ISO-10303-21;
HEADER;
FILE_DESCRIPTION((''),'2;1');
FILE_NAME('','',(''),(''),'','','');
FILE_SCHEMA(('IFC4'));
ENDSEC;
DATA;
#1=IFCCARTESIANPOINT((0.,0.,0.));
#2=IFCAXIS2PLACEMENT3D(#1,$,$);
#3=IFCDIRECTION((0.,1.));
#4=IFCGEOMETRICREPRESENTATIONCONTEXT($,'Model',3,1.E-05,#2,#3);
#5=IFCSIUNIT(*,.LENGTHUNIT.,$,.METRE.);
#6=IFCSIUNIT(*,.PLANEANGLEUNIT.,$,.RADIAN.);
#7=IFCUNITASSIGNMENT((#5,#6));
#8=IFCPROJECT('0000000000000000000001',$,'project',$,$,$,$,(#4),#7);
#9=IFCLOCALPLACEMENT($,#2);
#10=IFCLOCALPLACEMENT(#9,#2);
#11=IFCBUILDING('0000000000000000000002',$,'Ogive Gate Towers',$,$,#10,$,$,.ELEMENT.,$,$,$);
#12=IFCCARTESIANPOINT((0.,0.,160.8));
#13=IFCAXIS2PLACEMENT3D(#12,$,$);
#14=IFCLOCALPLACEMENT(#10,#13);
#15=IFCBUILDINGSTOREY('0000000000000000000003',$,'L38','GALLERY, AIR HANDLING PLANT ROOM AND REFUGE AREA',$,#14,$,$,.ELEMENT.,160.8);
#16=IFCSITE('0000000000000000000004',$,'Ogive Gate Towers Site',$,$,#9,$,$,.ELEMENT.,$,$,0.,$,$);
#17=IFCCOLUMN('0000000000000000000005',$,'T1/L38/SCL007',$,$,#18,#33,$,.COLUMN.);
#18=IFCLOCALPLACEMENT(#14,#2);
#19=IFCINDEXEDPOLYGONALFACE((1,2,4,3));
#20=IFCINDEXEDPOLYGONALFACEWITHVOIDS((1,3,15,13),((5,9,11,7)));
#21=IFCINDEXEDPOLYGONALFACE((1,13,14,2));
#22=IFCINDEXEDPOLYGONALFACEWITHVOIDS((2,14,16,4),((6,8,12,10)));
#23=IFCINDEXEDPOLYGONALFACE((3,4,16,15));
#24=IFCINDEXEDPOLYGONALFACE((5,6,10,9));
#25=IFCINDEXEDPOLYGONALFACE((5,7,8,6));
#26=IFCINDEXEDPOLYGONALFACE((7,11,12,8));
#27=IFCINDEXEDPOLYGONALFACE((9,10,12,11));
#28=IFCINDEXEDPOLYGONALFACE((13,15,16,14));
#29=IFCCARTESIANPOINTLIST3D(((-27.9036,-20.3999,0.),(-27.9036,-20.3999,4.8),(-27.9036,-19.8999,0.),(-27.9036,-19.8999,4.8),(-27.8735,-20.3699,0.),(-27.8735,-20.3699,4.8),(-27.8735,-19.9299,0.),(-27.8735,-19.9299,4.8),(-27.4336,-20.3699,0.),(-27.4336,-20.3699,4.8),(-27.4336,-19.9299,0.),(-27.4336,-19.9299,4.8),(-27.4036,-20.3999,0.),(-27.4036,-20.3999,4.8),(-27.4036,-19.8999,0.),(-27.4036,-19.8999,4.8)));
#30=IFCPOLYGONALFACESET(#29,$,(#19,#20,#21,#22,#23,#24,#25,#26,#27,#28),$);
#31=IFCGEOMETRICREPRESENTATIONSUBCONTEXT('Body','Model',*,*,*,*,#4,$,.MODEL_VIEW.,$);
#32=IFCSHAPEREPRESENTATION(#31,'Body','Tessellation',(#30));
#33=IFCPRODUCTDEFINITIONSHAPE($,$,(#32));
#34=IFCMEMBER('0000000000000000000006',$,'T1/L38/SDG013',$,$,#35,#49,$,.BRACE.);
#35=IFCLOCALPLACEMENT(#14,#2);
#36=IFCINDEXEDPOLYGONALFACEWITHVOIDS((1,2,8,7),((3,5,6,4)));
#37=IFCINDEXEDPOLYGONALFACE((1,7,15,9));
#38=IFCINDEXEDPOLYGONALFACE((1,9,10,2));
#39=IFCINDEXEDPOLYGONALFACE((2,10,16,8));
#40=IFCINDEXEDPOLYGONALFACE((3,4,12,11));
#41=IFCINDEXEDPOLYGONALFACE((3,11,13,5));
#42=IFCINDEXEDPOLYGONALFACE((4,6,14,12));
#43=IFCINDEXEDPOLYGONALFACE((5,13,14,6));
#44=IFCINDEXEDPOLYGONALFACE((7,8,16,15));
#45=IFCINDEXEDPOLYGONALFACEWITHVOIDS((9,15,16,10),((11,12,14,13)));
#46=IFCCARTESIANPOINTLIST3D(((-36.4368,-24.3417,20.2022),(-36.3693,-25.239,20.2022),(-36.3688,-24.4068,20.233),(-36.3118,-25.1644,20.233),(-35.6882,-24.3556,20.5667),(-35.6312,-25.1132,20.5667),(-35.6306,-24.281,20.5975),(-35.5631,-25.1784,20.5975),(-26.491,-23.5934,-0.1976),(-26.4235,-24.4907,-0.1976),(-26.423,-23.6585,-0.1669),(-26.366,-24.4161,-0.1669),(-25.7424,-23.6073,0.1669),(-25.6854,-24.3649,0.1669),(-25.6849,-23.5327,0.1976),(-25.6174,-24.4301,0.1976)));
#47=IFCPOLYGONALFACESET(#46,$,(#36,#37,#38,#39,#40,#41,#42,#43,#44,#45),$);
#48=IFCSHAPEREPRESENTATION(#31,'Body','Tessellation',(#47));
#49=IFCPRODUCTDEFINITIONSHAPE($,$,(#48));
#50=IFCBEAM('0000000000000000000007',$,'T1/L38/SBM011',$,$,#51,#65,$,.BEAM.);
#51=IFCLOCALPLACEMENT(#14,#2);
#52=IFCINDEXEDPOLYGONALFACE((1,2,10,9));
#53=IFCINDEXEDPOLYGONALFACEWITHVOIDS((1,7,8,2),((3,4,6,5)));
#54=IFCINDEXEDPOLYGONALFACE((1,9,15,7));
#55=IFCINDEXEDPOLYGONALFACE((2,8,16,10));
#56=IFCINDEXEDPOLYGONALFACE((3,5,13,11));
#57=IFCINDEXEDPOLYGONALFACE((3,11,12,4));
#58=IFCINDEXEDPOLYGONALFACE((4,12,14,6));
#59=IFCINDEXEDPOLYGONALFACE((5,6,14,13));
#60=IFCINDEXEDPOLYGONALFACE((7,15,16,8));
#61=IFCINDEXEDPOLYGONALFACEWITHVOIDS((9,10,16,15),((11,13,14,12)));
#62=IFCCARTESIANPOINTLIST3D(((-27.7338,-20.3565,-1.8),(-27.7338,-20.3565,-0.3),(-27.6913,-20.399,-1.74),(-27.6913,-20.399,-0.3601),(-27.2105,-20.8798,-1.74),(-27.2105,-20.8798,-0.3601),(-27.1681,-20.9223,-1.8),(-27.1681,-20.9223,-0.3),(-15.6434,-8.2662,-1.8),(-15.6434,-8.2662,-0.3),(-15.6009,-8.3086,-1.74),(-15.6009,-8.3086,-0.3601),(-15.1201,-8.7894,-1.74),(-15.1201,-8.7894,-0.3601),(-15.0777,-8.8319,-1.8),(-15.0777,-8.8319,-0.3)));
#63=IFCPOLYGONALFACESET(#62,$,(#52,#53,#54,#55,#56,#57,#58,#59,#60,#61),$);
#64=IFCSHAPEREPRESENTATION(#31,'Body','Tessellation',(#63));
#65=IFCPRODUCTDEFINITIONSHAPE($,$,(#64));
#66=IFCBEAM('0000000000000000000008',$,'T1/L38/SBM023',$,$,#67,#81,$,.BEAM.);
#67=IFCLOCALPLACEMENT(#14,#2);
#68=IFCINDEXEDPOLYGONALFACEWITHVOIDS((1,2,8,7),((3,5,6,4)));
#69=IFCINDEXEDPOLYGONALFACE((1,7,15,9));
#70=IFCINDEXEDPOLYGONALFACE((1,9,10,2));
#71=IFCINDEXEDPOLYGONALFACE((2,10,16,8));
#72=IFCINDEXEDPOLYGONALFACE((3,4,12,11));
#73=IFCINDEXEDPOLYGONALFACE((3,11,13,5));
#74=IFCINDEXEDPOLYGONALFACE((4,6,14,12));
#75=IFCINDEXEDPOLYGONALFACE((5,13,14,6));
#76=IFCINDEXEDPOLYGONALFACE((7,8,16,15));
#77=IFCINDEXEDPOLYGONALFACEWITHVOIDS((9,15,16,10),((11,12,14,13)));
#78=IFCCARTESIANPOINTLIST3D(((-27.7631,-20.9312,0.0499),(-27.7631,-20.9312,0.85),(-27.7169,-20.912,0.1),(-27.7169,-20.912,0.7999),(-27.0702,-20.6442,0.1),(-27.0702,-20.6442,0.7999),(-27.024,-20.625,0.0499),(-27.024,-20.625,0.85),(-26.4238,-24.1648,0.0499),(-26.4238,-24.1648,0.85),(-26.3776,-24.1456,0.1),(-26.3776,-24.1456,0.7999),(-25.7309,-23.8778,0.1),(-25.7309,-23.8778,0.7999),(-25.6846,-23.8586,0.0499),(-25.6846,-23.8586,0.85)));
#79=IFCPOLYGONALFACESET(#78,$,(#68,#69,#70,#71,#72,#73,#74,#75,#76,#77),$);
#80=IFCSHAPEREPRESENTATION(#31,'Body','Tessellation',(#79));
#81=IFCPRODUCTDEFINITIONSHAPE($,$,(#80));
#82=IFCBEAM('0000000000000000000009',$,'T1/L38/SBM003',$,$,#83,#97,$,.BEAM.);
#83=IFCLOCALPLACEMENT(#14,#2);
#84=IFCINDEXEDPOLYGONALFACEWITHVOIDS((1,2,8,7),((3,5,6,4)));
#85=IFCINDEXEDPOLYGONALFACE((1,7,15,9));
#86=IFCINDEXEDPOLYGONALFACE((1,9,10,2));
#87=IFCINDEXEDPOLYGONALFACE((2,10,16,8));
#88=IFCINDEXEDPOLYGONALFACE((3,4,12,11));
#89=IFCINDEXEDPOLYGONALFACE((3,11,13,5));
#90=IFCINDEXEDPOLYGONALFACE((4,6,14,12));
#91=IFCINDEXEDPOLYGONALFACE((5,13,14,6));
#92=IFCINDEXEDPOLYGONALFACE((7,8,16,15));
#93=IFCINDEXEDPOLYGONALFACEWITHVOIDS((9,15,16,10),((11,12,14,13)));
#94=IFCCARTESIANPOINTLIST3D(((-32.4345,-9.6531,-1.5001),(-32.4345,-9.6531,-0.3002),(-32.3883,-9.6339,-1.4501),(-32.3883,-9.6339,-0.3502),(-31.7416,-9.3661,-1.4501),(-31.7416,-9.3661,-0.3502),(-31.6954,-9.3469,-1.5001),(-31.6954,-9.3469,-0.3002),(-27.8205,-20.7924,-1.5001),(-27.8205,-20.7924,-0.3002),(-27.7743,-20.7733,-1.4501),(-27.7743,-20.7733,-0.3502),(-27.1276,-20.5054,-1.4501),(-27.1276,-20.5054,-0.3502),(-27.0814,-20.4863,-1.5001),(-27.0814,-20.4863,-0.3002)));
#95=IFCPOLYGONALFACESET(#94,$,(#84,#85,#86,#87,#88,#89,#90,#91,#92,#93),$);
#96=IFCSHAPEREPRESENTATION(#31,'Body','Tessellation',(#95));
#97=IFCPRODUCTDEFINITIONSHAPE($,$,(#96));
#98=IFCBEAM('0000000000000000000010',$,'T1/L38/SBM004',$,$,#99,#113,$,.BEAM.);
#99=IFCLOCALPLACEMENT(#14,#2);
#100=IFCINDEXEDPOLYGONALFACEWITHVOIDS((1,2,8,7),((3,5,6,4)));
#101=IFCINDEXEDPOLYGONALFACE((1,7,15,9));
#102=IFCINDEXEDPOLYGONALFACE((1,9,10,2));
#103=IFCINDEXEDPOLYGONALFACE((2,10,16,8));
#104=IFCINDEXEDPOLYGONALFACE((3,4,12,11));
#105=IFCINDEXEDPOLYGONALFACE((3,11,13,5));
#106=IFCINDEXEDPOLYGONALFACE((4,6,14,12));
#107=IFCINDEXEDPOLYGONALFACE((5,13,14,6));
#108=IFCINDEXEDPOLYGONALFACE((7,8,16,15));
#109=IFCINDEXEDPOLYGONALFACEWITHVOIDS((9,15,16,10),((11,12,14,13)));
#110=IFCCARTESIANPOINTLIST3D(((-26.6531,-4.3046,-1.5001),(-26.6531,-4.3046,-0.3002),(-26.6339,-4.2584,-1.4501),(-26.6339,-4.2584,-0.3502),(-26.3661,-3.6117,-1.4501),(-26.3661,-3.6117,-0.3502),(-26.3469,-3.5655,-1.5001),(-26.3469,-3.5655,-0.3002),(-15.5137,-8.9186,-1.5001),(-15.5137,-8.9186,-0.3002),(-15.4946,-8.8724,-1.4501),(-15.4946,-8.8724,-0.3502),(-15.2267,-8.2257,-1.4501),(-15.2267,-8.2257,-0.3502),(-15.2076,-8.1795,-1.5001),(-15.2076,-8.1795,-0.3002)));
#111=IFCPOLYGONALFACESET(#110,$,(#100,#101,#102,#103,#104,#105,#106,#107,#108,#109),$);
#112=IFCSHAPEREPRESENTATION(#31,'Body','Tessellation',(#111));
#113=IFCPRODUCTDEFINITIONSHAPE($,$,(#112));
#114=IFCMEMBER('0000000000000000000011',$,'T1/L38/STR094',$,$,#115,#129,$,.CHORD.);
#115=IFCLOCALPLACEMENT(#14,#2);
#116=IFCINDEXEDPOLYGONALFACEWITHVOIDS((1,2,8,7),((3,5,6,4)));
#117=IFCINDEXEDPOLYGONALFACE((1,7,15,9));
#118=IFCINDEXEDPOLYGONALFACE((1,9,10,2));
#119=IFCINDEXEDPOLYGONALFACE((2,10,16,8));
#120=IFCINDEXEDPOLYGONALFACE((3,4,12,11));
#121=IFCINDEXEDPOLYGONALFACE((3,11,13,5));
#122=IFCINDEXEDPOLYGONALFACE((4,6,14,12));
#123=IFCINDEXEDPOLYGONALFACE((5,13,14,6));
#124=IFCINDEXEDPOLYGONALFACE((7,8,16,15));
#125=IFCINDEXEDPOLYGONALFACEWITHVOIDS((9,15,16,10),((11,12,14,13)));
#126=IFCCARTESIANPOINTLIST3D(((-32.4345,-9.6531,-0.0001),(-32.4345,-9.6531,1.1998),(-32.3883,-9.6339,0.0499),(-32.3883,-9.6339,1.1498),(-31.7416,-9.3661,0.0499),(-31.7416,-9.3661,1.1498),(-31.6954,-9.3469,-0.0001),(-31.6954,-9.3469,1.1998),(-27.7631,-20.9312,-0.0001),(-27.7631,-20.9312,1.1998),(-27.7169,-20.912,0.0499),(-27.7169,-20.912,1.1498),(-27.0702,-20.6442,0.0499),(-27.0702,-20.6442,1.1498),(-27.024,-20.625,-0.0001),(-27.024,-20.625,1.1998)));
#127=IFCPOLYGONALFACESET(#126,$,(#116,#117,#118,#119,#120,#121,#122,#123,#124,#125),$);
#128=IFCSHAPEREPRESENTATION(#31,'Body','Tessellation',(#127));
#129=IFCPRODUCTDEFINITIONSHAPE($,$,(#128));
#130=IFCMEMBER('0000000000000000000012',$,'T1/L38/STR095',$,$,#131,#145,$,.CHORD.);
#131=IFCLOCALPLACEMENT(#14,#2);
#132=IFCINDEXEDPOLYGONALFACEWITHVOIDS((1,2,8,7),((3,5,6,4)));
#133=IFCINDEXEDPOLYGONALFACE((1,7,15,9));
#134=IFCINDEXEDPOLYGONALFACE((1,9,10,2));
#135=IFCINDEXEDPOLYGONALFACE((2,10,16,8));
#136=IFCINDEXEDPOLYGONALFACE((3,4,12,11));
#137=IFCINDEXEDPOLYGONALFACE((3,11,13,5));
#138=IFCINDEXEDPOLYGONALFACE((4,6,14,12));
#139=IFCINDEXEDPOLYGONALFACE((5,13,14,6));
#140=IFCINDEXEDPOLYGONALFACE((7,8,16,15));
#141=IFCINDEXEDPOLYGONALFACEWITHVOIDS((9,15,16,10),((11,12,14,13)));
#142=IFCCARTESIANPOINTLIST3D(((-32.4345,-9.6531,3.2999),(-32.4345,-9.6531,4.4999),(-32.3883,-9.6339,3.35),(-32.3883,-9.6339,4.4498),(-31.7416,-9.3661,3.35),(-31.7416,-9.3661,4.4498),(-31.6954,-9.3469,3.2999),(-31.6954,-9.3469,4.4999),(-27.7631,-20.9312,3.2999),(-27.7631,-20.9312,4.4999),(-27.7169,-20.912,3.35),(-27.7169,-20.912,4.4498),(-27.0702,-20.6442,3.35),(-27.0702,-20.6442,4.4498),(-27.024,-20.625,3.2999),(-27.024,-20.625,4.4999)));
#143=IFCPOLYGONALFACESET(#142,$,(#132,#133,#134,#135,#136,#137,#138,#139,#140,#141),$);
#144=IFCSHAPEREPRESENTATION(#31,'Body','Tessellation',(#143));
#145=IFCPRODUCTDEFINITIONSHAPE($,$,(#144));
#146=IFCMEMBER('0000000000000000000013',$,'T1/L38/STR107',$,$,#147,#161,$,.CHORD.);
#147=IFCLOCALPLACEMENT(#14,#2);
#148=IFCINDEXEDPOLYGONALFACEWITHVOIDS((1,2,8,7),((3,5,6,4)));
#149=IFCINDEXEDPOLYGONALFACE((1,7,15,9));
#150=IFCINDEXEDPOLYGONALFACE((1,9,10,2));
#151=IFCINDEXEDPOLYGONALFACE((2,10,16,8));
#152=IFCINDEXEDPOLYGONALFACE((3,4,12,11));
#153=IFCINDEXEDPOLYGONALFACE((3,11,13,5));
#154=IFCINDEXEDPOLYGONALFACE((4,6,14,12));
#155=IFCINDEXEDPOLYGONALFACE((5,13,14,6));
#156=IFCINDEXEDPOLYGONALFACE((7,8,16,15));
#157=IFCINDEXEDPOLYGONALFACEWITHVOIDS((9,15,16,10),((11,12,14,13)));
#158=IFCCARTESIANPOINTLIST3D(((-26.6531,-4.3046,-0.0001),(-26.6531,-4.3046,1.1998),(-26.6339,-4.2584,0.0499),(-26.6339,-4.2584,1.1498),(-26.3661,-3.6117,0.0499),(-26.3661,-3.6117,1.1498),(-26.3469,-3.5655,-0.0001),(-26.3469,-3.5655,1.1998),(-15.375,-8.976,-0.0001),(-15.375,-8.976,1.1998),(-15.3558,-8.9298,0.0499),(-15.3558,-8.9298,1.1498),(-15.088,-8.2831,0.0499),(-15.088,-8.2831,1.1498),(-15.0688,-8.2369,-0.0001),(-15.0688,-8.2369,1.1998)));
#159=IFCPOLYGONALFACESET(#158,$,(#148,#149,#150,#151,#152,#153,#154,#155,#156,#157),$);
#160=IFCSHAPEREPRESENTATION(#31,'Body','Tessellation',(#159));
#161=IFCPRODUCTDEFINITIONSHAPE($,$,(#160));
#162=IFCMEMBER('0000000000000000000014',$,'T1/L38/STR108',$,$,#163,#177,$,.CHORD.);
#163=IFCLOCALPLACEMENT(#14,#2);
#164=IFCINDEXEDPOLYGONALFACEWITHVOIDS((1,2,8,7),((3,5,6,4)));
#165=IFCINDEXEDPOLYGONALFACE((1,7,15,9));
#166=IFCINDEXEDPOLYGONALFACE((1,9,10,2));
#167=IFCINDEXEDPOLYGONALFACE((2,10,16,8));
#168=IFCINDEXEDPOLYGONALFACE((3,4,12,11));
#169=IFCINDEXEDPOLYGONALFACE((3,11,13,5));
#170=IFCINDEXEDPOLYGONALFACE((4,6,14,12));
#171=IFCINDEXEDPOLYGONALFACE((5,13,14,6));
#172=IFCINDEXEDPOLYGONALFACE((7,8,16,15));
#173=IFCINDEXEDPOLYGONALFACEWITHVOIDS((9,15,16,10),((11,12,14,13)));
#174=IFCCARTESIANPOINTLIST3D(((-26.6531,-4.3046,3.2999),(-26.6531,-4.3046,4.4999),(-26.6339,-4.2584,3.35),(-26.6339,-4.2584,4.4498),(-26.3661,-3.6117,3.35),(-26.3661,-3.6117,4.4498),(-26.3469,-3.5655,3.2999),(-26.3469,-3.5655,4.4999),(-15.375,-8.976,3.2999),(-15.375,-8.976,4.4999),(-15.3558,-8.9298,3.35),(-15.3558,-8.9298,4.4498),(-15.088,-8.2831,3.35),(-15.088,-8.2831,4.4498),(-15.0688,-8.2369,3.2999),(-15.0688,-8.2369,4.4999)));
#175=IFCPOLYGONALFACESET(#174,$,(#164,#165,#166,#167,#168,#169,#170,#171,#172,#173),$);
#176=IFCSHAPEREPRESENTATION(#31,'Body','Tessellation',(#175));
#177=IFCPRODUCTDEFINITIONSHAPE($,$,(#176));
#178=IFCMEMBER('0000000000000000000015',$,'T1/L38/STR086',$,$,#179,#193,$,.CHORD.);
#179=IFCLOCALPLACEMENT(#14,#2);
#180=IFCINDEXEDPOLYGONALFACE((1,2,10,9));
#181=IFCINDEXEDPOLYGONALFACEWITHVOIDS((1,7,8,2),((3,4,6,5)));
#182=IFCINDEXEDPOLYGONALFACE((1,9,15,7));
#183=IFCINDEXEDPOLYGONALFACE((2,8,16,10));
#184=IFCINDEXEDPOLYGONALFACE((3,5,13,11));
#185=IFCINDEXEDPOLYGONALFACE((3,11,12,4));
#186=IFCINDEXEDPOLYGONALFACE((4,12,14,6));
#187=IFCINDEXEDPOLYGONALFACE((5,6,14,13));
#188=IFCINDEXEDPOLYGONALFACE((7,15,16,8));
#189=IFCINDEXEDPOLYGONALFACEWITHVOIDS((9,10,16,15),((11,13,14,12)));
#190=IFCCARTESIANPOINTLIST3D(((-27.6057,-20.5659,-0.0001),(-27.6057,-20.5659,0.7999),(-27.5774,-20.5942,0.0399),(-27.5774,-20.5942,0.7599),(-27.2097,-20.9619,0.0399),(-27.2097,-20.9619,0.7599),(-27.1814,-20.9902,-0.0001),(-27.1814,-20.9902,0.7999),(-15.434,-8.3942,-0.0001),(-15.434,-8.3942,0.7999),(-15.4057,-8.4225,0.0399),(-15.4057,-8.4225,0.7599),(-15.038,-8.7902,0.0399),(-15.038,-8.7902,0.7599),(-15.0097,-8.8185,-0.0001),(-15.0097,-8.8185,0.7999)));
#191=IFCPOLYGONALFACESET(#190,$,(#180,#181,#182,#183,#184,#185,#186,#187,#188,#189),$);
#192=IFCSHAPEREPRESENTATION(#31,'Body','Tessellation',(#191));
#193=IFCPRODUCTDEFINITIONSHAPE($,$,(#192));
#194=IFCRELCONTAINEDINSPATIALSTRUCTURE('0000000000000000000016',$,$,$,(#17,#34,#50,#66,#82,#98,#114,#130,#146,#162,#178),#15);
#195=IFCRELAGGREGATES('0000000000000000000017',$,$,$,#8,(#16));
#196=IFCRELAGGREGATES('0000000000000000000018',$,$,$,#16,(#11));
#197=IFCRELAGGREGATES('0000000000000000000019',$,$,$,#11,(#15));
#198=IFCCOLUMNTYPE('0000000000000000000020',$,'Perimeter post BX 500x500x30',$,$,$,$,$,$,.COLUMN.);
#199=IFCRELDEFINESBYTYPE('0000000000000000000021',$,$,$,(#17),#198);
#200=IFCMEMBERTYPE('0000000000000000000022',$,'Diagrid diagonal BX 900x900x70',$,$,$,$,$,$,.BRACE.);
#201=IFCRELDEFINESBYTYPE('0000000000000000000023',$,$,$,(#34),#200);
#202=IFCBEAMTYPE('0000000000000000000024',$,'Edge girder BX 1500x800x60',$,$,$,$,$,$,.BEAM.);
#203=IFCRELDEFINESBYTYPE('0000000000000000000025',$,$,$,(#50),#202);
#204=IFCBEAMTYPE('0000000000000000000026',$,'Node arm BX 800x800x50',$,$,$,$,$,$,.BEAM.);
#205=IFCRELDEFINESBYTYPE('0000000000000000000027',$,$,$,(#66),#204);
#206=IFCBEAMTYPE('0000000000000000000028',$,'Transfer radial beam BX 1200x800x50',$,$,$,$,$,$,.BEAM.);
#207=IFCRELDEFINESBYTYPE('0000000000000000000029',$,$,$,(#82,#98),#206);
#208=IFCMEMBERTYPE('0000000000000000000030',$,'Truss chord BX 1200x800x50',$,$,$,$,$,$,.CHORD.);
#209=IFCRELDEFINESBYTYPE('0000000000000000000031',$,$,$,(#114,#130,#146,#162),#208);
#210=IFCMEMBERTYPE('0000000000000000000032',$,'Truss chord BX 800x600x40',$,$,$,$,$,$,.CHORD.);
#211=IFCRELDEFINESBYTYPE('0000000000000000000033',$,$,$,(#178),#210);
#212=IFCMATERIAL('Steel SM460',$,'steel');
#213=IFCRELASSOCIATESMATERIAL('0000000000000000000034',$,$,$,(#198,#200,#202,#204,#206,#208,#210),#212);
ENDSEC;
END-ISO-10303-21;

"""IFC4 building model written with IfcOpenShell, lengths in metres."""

from ifc_helpers import new_model, si_unit, direction, frame, origin, origin_2d, place, context, subcontext, project, spatial, hollow_rectangle, extrude, material, material_profile, profile_set, type_object, element, save


model = new_model("IFC4")

# Units and contexts
model_context = context("Model", 3, precision=1e-05, world=origin(), true_north=direction((0.0, 1.0)))
body_context = subcontext(model_context, "Body", "Model", "MODEL_VIEW")
ifc_project = project(units=[si_unit("LENGTHUNIT", "METRE"), si_unit("PLANEANGLEUNIT", "RADIAN")], contexts=[model_context])

# Site, building, storey
site_placement = place(None, origin())
site = spatial("IfcSite", under=ifc_project, at=site_placement, Name="Ogive Gate Towers Site", CompositionType="ELEMENT", RefElevation=0.0)
building_placement = place(site_placement, origin())
building = spatial("IfcBuilding", under=site, at=building_placement, Name="Ogive Gate Towers", CompositionType="ELEMENT")
storey_placement = place(building_placement, frame((0.0, 0.0, 160.8)))
storey = spatial("IfcBuildingStorey", under=building, at=storey_placement, Name="L38", Description="GALLERY, AIR HANDLING PLANT ROOM AND REFUGE AREA", CompositionType="ELEMENT", Elevation=160.8)

# Column
ifc_material_1 = material(Name="Steel SM460", Category="steel")
ifc_material_profile_1 = material_profile(ifc_material_1, hollow_rectangle(XDim=0.5, YDim=0.5, WallThickness=0.03, at=origin_2d()), Name="BX 500x500x30")
ifc_profile_set_1 = profile_set([ifc_material_profile_1], Name="Steel SM460")
column_type = type_object("IfcColumnType", Name="Perimeter post BX 500x500x30", PredefinedType="COLUMN", material=ifc_profile_set_1)
column_placement = place(storey_placement, frame((-27.6536, -20.1499, 0.0), z_axis=(0.0, 0.0, 1.0), x_axis=(1.0, 0.0, 0.0)))
element("IfcColumn", 1, at=column_placement, inside=storey, type_object=column_type, Name="T1/L38/SCL007", PredefinedType="COLUMN", context=body_context, shape_type="SweptSolid", body=[
    extrude(hollow_rectangle(XDim=0.5, YDim=0.5, WallThickness=0.03, at=origin_2d()), origin(), (0.0, 0.0, 1.0), 4.8),
])

# Member
ifc_material_profile_2 = material_profile(ifc_material_1, hollow_rectangle(XDim=0.8999, YDim=0.8999, WallThickness=0.0701, at=origin_2d()), Name="BX 900x900x70")
ifc_profile_set_2 = profile_set([ifc_material_profile_2], Name="Steel SM460")
member_type_1 = type_object("IfcMemberType", Name="Diagrid diagonal BX 900x900x70", PredefinedType="BRACE", material=ifc_profile_set_2)
member_1_placement = place(storey_placement, frame((-26.0542, -24.0117, 0.0), z_axis=(-0.437994, -0.032953, 0.898374), x_axis=(0.075025, -0.997182, 0.0)))
element("IfcMember", 2, at=member_1_placement, inside=storey, type_object=member_type_1, Name="T1/L38/SDG013", PredefinedType="BRACE", context=body_context, shape_type="SweptSolid", body=[
    extrude(hollow_rectangle(XDim=0.8999, YDim=0.8999, WallThickness=0.0701, at=origin_2d()), origin(), (0.0, 0.0, 1.0), 22.7075),
])

# Beams
ifc_material_profile_3 = material_profile(ifc_material_1, hollow_rectangle(XDim=0.8, YDim=1.5, WallThickness=0.0601, at=origin_2d()), Name="BX 1500x800x60")
ifc_profile_set_3 = profile_set([ifc_material_profile_3], Name="Steel SM460")
beam_type_1 = type_object("IfcBeamType", Name="Edge girder BX 1500x800x60", PredefinedType="BEAM", material=ifc_profile_set_3)
beam_1_placement = place(storey_placement, frame((-27.4509, -20.6394, -1.05), z_axis=(0.707107, 0.707107, 0.0), x_axis=(-0.707107, 0.707107, 0.0)))
element("IfcBeam", 3, at=beam_1_placement, inside=storey, type_object=beam_type_1, Name="T1/L38/SBM011", PredefinedType="BEAM", context=body_context, shape_type="SweptSolid", body=[
    extrude(hollow_rectangle(XDim=0.8, YDim=1.5, WallThickness=0.0601, at=origin_2d()), origin(), (0.0, 0.0, 1.0), 17.0984),
])
ifc_material_profile_4 = material_profile(ifc_material_1, hollow_rectangle(XDim=0.8, YDim=0.8, WallThickness=0.05, at=origin_2d()), Name="BX 800x800x50")
ifc_profile_set_4 = profile_set([ifc_material_profile_4], Name="Steel SM460")
beam_type_2 = type_object("IfcBeamType", Name="Node arm BX 800x800x50", PredefinedType="BEAM", material=ifc_profile_set_4)
beam_2_placement = place(storey_placement, frame((-27.3936, -20.7781, 0.45), z_axis=(0.382668, -0.923886, 0.0), x_axis=(0.923886, 0.382668, 0.0)))
element("IfcBeam", 4, at=beam_2_placement, inside=storey, type_object=beam_type_2, Name="T1/L38/SBM023", PredefinedType="BEAM", context=body_context, shape_type="SweptSolid", body=[
    extrude(hollow_rectangle(XDim=0.8, YDim=0.8, WallThickness=0.05, at=origin_2d()), origin(), (0.0, 0.0, 1.0), 3.5),
])
ifc_material_profile_5 = material_profile(ifc_material_1, hollow_rectangle(XDim=0.8, YDim=1.2, WallThickness=0.05, at=origin_2d()), Name="BX 1200x800x50")
ifc_profile_set_5 = profile_set([ifc_material_profile_5], Name="Steel SM460")
beam_type_3 = type_object("IfcBeamType", Name="Transfer radial beam BX 1200x800x50", PredefinedType="BEAM", material=ifc_profile_set_5)
for number, where, z_axis, x_axis, name in (
    (5, (-32.0649, -9.5, -0.9001), (0.382678, -0.923882, 0.0), (0.923882, 0.382678, 0.0), "T1/L38/SBM003"),
    (6, (-26.5, -3.9351, -0.9001), (0.923882, -0.382678, 0.0), (0.382678, 0.923882, 0.0), "T1/L38/SBM004"),
):
    element("IfcBeam", number, at=place(storey_placement, frame(where, z_axis=z_axis, x_axis=x_axis)), inside=storey, type_object=beam_type_3, Name=name, PredefinedType="BEAM", context=body_context, shape_type="SweptSolid", body=[
        extrude(hollow_rectangle(XDim=0.8, YDim=1.2, WallThickness=0.05, at=origin_2d()), origin(), (0.0, 0.0, 1.0), 12.0571),
    ])

# Members
ifc_material_profile_6 = material_profile(ifc_material_1, hollow_rectangle(XDim=0.8, YDim=1.2, WallThickness=0.05, at=origin_2d()), Name="BX 1200x800x50")
ifc_profile_set_6 = profile_set([ifc_material_profile_6], Name="Steel SM460")
member_type_2 = type_object("IfcMemberType", Name="Truss chord BX 1200x800x50", PredefinedType="CHORD", material=ifc_profile_set_6)
for number, where, z_axis, x_axis, name in (
    (7, (-32.0649, -9.5, 0.5999), (0.382673, -0.923884, 0.0), (0.923884, 0.382673, 0.0), "T1/L38/STR094"),
    (8, (-32.0649, -9.5, 3.8999), (0.382673, -0.923884, 0.0), (0.923884, 0.382673, 0.0), "T1/L38/STR095"),
    (9, (-26.5, -3.9351, 0.5999), (0.923884, -0.382673, 0.0), (0.382673, 0.923884, 0.0), "T1/L38/STR107"),
    (10, (-26.5, -3.9351, 3.8999), (0.923884, -0.382673, 0.0), (0.382673, 0.923884, 0.0), "T1/L38/STR108"),
):
    element("IfcMember", number, at=place(storey_placement, frame(where, z_axis=z_axis, x_axis=x_axis)), inside=storey, type_object=member_type_2, Name=name, PredefinedType="CHORD", context=body_context, shape_type="SweptSolid", body=[
        extrude(hollow_rectangle(XDim=0.8, YDim=1.2, WallThickness=0.05, at=origin_2d()), origin(), (0.0, 0.0, 1.0), 12.2073),
    ])
ifc_material_profile_7 = material_profile(ifc_material_1, hollow_rectangle(XDim=0.6001, YDim=0.8, WallThickness=0.04, at=origin_2d()), Name="BX 800x600x40")
ifc_profile_set_7 = profile_set([ifc_material_profile_7], Name="Steel SM460")
member_type_3 = type_object("IfcMemberType", Name="Truss chord BX 800x600x40", PredefinedType="CHORD", material=ifc_profile_set_7)
for number, where, z_axis, x_axis, name in (
    (11, (-27.3936, -20.7781, 0.3999), (0.707107, 0.707107, 0.0), (-0.707107, 0.707107, 0.0), "T1/L38/STR086"),
):
    element("IfcMember", number, at=place(storey_placement, frame(where, z_axis=z_axis, x_axis=x_axis)), inside=storey, type_object=member_type_3, Name=name, PredefinedType="CHORD", context=body_context, shape_type="SweptSolid", body=[
        extrude(hollow_rectangle(XDim=0.6001, YDim=0.8, WallThickness=0.04, at=origin_2d()), origin(), (0.0, 0.0, 1.0), 17.2134),
    ])

save(model, "model.ifc")
